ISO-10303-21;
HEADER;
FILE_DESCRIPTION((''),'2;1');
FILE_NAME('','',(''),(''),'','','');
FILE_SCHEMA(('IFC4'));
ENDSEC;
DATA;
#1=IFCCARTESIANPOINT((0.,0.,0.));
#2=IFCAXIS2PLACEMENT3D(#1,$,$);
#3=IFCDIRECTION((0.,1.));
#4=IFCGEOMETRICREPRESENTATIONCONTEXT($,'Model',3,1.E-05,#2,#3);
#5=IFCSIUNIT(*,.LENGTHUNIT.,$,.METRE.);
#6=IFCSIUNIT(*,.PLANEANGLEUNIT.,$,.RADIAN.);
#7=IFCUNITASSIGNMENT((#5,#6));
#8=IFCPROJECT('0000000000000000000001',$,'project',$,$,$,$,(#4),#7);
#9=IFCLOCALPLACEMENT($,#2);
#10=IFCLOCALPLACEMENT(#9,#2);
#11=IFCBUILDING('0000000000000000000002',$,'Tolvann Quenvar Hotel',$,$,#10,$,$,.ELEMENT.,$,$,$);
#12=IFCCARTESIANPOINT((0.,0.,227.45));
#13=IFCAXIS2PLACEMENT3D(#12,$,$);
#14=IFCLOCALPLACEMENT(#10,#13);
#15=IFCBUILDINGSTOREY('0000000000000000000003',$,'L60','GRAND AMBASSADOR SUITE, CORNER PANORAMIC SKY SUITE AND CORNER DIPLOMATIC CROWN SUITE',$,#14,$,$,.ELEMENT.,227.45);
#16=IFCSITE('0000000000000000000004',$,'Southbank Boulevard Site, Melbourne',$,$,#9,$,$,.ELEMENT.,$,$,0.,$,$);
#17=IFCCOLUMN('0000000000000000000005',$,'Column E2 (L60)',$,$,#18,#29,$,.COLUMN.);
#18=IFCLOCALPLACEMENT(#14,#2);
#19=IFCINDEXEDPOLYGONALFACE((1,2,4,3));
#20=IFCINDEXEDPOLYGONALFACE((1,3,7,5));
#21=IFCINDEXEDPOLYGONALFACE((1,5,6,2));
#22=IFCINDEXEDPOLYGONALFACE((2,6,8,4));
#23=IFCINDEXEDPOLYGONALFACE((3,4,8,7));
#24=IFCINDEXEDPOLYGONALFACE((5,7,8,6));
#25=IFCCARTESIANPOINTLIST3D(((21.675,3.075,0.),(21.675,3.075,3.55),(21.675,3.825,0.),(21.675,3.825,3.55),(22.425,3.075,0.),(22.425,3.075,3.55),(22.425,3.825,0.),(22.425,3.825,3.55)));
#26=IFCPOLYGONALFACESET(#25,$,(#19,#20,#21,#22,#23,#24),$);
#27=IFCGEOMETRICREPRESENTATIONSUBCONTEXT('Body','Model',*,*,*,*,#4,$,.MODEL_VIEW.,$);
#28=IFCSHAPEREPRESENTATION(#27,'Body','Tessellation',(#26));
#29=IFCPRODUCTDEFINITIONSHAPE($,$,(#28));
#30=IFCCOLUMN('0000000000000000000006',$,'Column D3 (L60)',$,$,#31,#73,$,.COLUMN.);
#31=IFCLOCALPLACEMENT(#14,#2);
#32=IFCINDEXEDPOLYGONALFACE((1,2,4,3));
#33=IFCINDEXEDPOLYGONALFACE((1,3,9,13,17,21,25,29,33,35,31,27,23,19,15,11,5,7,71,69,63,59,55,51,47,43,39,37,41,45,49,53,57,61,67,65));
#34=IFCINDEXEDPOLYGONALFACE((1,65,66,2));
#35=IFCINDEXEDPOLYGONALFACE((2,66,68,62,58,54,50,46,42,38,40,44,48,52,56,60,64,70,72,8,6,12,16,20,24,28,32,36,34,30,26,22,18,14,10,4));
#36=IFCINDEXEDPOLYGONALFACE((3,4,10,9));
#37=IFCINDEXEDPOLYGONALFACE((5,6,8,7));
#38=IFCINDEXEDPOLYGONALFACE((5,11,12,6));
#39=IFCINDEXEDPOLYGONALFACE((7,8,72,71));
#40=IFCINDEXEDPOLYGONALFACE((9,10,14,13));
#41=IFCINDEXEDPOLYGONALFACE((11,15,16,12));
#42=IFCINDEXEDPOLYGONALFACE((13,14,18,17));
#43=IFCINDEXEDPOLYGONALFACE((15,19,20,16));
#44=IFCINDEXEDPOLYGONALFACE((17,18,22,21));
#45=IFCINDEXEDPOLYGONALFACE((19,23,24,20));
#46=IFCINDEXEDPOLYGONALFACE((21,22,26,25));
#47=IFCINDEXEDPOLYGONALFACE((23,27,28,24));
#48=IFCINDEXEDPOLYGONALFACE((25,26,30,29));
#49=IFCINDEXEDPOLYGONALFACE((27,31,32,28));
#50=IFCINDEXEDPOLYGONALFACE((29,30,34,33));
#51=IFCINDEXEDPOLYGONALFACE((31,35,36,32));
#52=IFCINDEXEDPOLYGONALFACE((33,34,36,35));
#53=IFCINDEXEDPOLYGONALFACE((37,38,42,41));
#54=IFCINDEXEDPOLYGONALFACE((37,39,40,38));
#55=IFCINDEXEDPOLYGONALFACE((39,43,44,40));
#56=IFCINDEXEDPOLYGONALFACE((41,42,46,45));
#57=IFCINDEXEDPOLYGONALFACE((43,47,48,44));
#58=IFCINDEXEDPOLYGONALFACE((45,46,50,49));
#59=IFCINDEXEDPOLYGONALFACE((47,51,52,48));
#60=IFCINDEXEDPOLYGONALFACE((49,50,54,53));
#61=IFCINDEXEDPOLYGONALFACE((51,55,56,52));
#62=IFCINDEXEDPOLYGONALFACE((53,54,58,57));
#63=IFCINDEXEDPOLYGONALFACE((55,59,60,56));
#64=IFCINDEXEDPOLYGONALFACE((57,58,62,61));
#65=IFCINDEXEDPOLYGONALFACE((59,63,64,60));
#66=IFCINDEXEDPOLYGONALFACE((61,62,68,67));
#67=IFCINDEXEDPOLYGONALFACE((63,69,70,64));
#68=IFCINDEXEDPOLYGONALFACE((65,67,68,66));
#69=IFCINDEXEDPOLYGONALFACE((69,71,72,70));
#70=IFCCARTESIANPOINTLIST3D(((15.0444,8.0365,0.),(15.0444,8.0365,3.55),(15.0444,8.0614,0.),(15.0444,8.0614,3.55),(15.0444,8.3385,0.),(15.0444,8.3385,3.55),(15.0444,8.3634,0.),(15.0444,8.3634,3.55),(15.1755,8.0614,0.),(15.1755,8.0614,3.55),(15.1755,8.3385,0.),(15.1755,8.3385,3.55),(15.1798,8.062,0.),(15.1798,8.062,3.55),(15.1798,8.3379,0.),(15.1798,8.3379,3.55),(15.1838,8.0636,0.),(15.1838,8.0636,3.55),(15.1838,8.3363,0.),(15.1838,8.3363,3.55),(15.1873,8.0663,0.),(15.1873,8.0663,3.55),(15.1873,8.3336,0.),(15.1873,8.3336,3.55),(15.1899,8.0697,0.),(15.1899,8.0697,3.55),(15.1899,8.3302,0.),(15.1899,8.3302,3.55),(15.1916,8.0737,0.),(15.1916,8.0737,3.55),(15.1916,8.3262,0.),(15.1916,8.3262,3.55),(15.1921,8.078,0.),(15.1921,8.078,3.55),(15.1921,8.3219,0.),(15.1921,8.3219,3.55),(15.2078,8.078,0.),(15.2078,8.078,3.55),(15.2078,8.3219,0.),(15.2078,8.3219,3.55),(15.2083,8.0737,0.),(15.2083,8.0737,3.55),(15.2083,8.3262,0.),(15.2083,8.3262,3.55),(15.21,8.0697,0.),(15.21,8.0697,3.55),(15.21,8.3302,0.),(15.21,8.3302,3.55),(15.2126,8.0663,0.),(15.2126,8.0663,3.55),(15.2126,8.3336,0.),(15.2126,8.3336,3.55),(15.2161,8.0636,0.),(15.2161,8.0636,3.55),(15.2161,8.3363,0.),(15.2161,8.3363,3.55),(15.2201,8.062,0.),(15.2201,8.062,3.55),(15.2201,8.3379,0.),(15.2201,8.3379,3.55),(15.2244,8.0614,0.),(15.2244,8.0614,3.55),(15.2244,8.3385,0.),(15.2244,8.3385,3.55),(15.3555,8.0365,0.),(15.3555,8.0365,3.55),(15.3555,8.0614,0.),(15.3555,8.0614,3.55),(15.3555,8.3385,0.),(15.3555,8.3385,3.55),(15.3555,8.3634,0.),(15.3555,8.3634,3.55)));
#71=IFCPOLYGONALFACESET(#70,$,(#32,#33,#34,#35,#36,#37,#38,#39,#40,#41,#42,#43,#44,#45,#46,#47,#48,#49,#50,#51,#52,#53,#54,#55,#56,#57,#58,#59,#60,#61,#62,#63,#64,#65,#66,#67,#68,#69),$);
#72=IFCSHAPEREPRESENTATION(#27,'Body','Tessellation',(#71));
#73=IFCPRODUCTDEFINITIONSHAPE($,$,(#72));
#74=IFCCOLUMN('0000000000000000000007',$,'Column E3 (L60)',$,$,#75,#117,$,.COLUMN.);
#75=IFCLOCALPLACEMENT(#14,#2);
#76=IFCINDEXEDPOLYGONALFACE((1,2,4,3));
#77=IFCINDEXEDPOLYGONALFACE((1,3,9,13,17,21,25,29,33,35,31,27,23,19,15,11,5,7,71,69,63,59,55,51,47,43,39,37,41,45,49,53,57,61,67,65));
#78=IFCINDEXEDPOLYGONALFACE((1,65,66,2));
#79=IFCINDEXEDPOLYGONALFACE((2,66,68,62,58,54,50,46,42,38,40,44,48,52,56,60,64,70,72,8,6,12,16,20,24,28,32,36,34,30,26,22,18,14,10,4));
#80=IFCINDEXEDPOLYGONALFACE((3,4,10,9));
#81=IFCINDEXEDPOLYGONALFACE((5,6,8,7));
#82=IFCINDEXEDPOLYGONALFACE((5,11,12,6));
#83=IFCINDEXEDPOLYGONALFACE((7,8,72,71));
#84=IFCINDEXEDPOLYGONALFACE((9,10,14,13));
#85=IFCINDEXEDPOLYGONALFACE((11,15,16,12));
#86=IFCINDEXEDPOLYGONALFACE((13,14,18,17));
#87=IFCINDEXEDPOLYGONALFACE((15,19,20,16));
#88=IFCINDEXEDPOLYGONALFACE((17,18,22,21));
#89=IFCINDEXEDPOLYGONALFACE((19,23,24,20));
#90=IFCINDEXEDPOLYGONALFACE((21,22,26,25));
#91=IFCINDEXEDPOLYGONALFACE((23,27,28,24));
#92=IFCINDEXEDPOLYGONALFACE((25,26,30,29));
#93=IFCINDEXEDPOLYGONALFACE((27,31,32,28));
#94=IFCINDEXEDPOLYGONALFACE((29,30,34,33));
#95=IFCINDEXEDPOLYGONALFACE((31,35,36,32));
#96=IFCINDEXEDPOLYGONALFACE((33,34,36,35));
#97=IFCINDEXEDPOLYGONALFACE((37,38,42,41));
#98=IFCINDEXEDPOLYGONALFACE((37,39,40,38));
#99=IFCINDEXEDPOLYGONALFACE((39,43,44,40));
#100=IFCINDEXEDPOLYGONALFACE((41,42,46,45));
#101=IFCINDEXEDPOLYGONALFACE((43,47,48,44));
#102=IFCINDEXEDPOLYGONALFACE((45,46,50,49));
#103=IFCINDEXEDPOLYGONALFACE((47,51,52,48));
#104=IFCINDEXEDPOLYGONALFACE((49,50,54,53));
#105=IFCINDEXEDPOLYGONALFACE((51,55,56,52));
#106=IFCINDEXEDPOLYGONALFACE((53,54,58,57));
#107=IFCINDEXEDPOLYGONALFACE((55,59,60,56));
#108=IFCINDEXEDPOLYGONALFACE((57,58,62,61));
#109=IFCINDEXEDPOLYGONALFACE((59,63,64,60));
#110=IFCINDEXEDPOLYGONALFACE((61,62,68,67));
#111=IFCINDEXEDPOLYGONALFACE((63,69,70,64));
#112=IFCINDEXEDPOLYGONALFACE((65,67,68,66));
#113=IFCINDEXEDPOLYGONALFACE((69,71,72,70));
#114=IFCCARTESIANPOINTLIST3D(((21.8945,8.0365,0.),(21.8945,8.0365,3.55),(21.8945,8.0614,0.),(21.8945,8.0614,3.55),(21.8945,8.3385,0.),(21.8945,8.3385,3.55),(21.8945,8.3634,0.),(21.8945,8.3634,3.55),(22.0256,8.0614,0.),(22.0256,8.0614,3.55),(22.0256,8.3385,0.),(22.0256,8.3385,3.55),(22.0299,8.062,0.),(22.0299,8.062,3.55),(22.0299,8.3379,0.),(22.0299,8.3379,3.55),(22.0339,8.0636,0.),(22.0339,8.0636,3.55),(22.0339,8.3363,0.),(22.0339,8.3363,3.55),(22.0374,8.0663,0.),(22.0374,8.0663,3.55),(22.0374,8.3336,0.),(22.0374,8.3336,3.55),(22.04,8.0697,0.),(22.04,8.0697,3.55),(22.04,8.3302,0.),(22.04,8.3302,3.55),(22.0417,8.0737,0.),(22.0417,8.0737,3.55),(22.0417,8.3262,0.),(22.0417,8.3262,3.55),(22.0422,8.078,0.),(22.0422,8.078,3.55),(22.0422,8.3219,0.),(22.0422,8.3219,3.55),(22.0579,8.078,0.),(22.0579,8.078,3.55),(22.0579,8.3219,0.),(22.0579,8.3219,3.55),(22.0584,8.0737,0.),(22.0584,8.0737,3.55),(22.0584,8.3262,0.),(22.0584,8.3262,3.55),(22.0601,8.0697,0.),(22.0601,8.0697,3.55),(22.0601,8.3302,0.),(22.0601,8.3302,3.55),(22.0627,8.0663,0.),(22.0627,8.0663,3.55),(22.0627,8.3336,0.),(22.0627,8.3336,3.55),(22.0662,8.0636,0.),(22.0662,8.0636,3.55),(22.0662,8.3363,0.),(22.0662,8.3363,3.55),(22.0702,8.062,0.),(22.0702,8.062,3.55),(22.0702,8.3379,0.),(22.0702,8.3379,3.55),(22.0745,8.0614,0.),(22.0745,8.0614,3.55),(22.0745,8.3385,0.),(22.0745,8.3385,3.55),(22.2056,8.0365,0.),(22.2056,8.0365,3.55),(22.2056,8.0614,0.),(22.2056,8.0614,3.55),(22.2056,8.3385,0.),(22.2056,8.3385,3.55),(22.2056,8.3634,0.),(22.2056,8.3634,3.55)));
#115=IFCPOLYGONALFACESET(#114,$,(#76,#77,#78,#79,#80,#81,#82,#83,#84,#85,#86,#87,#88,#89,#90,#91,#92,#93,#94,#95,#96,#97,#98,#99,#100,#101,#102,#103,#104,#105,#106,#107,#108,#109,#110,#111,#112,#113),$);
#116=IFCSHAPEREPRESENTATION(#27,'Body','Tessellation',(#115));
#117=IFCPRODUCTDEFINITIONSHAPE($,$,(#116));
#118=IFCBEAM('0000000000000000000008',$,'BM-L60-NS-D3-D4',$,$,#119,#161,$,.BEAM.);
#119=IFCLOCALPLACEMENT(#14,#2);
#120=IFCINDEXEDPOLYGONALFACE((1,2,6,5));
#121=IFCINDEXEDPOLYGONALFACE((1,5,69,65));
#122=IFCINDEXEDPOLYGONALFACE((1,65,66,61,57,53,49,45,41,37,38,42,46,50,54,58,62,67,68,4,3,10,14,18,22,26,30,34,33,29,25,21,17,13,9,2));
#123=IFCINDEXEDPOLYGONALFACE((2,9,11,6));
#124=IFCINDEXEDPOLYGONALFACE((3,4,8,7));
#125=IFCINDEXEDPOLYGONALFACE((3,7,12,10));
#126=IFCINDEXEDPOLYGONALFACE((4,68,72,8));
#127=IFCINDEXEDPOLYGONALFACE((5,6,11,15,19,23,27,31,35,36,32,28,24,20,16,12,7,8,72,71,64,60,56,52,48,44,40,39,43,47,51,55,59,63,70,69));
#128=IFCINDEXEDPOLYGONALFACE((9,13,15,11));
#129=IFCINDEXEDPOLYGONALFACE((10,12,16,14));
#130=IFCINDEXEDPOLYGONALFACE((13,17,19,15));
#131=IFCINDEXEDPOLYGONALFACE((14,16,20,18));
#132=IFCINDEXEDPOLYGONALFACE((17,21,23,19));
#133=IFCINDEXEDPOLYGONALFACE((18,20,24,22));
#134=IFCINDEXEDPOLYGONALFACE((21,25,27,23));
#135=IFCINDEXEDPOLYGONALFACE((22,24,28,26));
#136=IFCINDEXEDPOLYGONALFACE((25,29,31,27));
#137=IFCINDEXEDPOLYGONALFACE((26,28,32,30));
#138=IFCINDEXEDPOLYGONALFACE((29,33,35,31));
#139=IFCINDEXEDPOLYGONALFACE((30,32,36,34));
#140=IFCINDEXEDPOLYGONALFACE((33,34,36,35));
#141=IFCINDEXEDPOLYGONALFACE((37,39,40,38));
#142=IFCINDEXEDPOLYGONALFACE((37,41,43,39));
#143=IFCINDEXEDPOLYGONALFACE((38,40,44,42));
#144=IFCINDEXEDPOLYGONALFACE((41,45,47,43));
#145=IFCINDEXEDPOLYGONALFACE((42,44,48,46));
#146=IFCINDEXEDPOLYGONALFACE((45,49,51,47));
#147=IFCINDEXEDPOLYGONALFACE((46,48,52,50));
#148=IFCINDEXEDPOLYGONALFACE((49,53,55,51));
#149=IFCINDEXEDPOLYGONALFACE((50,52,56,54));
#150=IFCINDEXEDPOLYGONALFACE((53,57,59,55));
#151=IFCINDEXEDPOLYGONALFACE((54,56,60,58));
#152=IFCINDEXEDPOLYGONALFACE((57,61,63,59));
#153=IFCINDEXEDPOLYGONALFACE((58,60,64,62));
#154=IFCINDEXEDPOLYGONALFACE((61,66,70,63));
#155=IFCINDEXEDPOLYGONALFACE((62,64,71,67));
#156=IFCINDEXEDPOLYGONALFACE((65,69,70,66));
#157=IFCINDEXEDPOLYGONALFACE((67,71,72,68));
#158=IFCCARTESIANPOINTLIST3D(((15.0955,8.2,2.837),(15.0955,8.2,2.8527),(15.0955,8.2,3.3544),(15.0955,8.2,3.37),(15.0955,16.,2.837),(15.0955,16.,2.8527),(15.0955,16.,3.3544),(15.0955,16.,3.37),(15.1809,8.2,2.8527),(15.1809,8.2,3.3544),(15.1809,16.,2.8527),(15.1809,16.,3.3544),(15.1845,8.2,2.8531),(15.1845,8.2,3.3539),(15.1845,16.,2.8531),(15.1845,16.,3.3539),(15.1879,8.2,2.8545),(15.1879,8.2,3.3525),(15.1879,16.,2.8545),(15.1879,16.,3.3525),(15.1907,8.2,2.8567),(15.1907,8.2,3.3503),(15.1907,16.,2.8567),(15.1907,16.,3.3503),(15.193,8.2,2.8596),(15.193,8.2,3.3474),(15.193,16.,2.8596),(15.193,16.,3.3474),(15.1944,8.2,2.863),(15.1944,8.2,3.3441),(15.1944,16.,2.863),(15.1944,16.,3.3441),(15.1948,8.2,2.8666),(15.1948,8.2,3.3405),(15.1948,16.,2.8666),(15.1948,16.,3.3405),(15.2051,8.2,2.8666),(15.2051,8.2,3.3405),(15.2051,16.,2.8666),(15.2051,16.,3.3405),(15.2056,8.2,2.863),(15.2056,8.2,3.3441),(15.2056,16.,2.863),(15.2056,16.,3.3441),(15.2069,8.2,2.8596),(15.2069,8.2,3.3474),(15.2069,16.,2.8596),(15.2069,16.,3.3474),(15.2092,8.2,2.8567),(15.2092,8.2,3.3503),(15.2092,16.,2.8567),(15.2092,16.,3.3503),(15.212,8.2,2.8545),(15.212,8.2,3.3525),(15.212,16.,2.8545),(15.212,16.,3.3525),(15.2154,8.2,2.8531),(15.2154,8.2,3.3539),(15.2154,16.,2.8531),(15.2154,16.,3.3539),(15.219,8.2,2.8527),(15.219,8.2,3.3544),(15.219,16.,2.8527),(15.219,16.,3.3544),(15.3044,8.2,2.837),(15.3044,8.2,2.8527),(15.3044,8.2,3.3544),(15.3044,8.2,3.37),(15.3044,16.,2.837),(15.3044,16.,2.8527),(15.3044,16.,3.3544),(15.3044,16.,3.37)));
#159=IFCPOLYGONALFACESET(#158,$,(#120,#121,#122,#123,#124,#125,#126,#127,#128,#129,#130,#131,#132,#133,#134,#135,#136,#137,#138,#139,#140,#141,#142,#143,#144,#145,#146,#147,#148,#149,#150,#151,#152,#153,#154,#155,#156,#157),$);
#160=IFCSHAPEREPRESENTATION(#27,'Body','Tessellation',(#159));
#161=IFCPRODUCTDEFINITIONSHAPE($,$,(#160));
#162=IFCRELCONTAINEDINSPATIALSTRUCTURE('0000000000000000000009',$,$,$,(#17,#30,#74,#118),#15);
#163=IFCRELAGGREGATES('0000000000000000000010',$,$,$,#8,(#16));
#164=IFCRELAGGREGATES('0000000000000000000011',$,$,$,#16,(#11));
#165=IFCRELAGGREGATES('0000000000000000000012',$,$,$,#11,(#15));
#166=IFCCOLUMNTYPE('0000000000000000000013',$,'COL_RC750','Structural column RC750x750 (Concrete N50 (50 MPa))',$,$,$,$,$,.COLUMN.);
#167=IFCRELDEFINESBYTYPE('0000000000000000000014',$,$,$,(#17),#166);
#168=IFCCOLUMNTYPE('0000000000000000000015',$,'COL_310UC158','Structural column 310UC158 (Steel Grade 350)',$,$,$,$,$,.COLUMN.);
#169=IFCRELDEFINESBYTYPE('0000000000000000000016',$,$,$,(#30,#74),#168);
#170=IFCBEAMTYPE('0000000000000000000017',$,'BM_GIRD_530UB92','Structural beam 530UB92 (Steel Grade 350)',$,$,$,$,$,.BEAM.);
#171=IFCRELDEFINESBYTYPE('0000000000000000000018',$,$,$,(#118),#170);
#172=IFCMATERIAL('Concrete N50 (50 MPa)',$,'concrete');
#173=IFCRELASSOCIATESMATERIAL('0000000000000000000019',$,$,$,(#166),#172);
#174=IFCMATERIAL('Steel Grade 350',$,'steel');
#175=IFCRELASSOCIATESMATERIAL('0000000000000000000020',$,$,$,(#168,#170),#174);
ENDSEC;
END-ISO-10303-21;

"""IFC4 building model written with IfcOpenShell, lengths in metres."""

from ifc_helpers import new_model, si_unit, direction, frame, origin, origin_2d, place, context, subcontext, project, spatial, rectangle, i_section, extrude, source, transform, mapped, material, material_profile, profile_set, type_object, type_shapes, element, save


model = new_model("IFC4")

# Units and contexts
model_context = context("Model", 3, precision=1e-05, world=origin(), true_north=direction((0.0, 1.0)))
body_context = subcontext(model_context, "Body", "Model", "MODEL_VIEW")
ifc_project = project(units=[si_unit("LENGTHUNIT", "METRE"), si_unit("PLANEANGLEUNIT", "RADIAN")], contexts=[model_context])

# Site, building, storey
site_placement = place(None, origin())
site = spatial("IfcSite", under=ifc_project, at=site_placement, Name="Southbank Boulevard Site, Melbourne", CompositionType="ELEMENT", RefElevation=0.0)
building_placement = place(site_placement, origin())
building = spatial("IfcBuilding", under=site, at=building_placement, Name="Tolvann Quenvar Hotel", CompositionType="ELEMENT")
storey_placement = place(building_placement, frame((0.0, 0.0, 227.45)))
storey = spatial("IfcBuildingStorey", under=building, at=storey_placement, Name="L60", Description="GRAND AMBASSADOR SUITE, CORNER PANORAMIC SKY SUITE AND CORNER DIPLOMATIC CROWN SUITE", CompositionType="ELEMENT", Elevation=227.45)

# Columns
ifc_material_1 = material(Name="Concrete N50 (50 MPa)", Category="concrete")
ifc_material_profile_1 = material_profile(ifc_material_1, rectangle(XDim=0.75, YDim=0.75, at=origin_2d()), Name="RC750x750")
ifc_profile_set_1 = profile_set([ifc_material_profile_1], Name="Concrete N50 (50 MPa)")
column_type_1 = type_object("IfcColumnType", Name="COL_RC750", Description="Structural column RC750x750 (Concrete N50 (50 MPa))", PredefinedType="COLUMN", material=ifc_profile_set_1)
shared_shape_1 = source(origin(), body_context, "Body", "SweptSolid", [
    extrude(rectangle(XDim=0.75, YDim=0.75, at=origin_2d()), origin(), (0.0, 0.0, 1.0), 3.55),
])
type_shapes(column_type_1, [shared_shape_1])
column_placement = place(storey_placement, frame((22.05, 3.45, 0.0), z_axis=(0.0, 0.0, 1.0), x_axis=(1.0, 0.0, 0.0)))
element("IfcColumn", 1, at=column_placement, inside=storey, type_object=column_type_1, Name="Column E2 (L60)", PredefinedType="COLUMN", context=body_context, shape_type="MappedRepresentation", body=[
    mapped(shared_shape_1, transform((0.0, 0.0, 0.0), x_axis=(1.0, 0.0, 0.0), y_axis=(0.0, 1.0, 0.0), z_axis=(0.0, 0.0, 1.0), scale=1.0)),
])
ifc_material_2 = material(Name="Steel Grade 350", Category="steel")
ifc_material_profile_2 = material_profile(ifc_material_2, i_section(OverallWidth=0.311, OverallDepth=0.3269, WebThickness=0.0156, FlangeThickness=0.0249, FilletRadius=0.0166, at=origin_2d()), Name="310UC158")
ifc_profile_set_2 = profile_set([ifc_material_profile_2], Name="Steel Grade 350")
column_type_2 = type_object("IfcColumnType", Name="COL_310UC158", Description="Structural column 310UC158 (Steel Grade 350)", PredefinedType="COLUMN", material=ifc_profile_set_2)
shared_shape_2 = source(origin(), body_context, "Body", "SweptSolid", [
    extrude(i_section(OverallWidth=0.311, OverallDepth=0.3269, WebThickness=0.0156, FlangeThickness=0.0249, FilletRadius=0.0166, at=origin_2d()), origin(), (0.0, 0.0, 1.0), 3.55),
])
type_shapes(column_type_2, [shared_shape_2])
for number, where, z_axis, x_axis, name in (
    (2, (15.2, 8.2, 0.0), (0.0, 0.0, 1.0), (1.0, 0.0, 0.0), "Column D3 (L60)"),
    (3, (22.05, 8.2, 0.0), (0.0, 0.0, 1.0), (1.0, 0.0, 0.0), "Column E3 (L60)"),
):
    element("IfcColumn", number, at=place(storey_placement, frame(where, z_axis=z_axis, x_axis=x_axis)), inside=storey, type_object=column_type_2, Name=name, PredefinedType="COLUMN", context=body_context, shape_type="MappedRepresentation", body=[
        mapped(shared_shape_2, transform((0.0, 0.0, 0.0), x_axis=(1.0, 0.0, 0.0), y_axis=(0.0, 1.0, 0.0), z_axis=(0.0, 0.0, 1.0), scale=1.0)),
    ])

# Beam
ifc_material_profile_3 = material_profile(ifc_material_2, i_section(OverallWidth=0.209, OverallDepth=0.533, WebThickness=0.0103, FlangeThickness=0.0156, FilletRadius=0.0139, at=origin_2d()), Name="530UB92")
ifc_profile_set_3 = profile_set([ifc_material_profile_3], Name="Steel Grade 350")
beam_type_1 = type_object("IfcBeamType", Name="BM_GIRD_530UB92", Description="Structural beam 530UB92 (Steel Grade 350)", PredefinedType="BEAM", material=ifc_profile_set_3)
shared_shape_3 = source(origin(), body_context, "Body", "SweptSolid", [
    extrude(i_section(OverallWidth=0.209, OverallDepth=0.533, WebThickness=0.0103, FlangeThickness=0.0156, FilletRadius=0.0139, at=origin_2d()), origin(), (0.0, 0.0, 1.0), 7.8),
])
for number, where, z_axis, x_axis, name in (
    (4, (15.2, 8.2, 3.1035), (0.0, 1.0, 0.0), (-1.0, 0.0, 0.0), "BM-L60-NS-D3-D4"),
):
    element("IfcBeam", number, at=place(storey_placement, frame(where, z_axis=z_axis, x_axis=x_axis)), inside=storey, type_object=beam_type_1, Name=name, PredefinedType="BEAM", context=body_context, shape_type="MappedRepresentation", body=[
        mapped(shared_shape_3, transform((0.0, 0.0, 0.0), x_axis=(1.0, 0.0, 0.0), y_axis=(0.0, 1.0, 0.0), z_axis=(0.0, 0.0, 1.0), scale=1.0)),
    ])

save(model, "model.ifc")
